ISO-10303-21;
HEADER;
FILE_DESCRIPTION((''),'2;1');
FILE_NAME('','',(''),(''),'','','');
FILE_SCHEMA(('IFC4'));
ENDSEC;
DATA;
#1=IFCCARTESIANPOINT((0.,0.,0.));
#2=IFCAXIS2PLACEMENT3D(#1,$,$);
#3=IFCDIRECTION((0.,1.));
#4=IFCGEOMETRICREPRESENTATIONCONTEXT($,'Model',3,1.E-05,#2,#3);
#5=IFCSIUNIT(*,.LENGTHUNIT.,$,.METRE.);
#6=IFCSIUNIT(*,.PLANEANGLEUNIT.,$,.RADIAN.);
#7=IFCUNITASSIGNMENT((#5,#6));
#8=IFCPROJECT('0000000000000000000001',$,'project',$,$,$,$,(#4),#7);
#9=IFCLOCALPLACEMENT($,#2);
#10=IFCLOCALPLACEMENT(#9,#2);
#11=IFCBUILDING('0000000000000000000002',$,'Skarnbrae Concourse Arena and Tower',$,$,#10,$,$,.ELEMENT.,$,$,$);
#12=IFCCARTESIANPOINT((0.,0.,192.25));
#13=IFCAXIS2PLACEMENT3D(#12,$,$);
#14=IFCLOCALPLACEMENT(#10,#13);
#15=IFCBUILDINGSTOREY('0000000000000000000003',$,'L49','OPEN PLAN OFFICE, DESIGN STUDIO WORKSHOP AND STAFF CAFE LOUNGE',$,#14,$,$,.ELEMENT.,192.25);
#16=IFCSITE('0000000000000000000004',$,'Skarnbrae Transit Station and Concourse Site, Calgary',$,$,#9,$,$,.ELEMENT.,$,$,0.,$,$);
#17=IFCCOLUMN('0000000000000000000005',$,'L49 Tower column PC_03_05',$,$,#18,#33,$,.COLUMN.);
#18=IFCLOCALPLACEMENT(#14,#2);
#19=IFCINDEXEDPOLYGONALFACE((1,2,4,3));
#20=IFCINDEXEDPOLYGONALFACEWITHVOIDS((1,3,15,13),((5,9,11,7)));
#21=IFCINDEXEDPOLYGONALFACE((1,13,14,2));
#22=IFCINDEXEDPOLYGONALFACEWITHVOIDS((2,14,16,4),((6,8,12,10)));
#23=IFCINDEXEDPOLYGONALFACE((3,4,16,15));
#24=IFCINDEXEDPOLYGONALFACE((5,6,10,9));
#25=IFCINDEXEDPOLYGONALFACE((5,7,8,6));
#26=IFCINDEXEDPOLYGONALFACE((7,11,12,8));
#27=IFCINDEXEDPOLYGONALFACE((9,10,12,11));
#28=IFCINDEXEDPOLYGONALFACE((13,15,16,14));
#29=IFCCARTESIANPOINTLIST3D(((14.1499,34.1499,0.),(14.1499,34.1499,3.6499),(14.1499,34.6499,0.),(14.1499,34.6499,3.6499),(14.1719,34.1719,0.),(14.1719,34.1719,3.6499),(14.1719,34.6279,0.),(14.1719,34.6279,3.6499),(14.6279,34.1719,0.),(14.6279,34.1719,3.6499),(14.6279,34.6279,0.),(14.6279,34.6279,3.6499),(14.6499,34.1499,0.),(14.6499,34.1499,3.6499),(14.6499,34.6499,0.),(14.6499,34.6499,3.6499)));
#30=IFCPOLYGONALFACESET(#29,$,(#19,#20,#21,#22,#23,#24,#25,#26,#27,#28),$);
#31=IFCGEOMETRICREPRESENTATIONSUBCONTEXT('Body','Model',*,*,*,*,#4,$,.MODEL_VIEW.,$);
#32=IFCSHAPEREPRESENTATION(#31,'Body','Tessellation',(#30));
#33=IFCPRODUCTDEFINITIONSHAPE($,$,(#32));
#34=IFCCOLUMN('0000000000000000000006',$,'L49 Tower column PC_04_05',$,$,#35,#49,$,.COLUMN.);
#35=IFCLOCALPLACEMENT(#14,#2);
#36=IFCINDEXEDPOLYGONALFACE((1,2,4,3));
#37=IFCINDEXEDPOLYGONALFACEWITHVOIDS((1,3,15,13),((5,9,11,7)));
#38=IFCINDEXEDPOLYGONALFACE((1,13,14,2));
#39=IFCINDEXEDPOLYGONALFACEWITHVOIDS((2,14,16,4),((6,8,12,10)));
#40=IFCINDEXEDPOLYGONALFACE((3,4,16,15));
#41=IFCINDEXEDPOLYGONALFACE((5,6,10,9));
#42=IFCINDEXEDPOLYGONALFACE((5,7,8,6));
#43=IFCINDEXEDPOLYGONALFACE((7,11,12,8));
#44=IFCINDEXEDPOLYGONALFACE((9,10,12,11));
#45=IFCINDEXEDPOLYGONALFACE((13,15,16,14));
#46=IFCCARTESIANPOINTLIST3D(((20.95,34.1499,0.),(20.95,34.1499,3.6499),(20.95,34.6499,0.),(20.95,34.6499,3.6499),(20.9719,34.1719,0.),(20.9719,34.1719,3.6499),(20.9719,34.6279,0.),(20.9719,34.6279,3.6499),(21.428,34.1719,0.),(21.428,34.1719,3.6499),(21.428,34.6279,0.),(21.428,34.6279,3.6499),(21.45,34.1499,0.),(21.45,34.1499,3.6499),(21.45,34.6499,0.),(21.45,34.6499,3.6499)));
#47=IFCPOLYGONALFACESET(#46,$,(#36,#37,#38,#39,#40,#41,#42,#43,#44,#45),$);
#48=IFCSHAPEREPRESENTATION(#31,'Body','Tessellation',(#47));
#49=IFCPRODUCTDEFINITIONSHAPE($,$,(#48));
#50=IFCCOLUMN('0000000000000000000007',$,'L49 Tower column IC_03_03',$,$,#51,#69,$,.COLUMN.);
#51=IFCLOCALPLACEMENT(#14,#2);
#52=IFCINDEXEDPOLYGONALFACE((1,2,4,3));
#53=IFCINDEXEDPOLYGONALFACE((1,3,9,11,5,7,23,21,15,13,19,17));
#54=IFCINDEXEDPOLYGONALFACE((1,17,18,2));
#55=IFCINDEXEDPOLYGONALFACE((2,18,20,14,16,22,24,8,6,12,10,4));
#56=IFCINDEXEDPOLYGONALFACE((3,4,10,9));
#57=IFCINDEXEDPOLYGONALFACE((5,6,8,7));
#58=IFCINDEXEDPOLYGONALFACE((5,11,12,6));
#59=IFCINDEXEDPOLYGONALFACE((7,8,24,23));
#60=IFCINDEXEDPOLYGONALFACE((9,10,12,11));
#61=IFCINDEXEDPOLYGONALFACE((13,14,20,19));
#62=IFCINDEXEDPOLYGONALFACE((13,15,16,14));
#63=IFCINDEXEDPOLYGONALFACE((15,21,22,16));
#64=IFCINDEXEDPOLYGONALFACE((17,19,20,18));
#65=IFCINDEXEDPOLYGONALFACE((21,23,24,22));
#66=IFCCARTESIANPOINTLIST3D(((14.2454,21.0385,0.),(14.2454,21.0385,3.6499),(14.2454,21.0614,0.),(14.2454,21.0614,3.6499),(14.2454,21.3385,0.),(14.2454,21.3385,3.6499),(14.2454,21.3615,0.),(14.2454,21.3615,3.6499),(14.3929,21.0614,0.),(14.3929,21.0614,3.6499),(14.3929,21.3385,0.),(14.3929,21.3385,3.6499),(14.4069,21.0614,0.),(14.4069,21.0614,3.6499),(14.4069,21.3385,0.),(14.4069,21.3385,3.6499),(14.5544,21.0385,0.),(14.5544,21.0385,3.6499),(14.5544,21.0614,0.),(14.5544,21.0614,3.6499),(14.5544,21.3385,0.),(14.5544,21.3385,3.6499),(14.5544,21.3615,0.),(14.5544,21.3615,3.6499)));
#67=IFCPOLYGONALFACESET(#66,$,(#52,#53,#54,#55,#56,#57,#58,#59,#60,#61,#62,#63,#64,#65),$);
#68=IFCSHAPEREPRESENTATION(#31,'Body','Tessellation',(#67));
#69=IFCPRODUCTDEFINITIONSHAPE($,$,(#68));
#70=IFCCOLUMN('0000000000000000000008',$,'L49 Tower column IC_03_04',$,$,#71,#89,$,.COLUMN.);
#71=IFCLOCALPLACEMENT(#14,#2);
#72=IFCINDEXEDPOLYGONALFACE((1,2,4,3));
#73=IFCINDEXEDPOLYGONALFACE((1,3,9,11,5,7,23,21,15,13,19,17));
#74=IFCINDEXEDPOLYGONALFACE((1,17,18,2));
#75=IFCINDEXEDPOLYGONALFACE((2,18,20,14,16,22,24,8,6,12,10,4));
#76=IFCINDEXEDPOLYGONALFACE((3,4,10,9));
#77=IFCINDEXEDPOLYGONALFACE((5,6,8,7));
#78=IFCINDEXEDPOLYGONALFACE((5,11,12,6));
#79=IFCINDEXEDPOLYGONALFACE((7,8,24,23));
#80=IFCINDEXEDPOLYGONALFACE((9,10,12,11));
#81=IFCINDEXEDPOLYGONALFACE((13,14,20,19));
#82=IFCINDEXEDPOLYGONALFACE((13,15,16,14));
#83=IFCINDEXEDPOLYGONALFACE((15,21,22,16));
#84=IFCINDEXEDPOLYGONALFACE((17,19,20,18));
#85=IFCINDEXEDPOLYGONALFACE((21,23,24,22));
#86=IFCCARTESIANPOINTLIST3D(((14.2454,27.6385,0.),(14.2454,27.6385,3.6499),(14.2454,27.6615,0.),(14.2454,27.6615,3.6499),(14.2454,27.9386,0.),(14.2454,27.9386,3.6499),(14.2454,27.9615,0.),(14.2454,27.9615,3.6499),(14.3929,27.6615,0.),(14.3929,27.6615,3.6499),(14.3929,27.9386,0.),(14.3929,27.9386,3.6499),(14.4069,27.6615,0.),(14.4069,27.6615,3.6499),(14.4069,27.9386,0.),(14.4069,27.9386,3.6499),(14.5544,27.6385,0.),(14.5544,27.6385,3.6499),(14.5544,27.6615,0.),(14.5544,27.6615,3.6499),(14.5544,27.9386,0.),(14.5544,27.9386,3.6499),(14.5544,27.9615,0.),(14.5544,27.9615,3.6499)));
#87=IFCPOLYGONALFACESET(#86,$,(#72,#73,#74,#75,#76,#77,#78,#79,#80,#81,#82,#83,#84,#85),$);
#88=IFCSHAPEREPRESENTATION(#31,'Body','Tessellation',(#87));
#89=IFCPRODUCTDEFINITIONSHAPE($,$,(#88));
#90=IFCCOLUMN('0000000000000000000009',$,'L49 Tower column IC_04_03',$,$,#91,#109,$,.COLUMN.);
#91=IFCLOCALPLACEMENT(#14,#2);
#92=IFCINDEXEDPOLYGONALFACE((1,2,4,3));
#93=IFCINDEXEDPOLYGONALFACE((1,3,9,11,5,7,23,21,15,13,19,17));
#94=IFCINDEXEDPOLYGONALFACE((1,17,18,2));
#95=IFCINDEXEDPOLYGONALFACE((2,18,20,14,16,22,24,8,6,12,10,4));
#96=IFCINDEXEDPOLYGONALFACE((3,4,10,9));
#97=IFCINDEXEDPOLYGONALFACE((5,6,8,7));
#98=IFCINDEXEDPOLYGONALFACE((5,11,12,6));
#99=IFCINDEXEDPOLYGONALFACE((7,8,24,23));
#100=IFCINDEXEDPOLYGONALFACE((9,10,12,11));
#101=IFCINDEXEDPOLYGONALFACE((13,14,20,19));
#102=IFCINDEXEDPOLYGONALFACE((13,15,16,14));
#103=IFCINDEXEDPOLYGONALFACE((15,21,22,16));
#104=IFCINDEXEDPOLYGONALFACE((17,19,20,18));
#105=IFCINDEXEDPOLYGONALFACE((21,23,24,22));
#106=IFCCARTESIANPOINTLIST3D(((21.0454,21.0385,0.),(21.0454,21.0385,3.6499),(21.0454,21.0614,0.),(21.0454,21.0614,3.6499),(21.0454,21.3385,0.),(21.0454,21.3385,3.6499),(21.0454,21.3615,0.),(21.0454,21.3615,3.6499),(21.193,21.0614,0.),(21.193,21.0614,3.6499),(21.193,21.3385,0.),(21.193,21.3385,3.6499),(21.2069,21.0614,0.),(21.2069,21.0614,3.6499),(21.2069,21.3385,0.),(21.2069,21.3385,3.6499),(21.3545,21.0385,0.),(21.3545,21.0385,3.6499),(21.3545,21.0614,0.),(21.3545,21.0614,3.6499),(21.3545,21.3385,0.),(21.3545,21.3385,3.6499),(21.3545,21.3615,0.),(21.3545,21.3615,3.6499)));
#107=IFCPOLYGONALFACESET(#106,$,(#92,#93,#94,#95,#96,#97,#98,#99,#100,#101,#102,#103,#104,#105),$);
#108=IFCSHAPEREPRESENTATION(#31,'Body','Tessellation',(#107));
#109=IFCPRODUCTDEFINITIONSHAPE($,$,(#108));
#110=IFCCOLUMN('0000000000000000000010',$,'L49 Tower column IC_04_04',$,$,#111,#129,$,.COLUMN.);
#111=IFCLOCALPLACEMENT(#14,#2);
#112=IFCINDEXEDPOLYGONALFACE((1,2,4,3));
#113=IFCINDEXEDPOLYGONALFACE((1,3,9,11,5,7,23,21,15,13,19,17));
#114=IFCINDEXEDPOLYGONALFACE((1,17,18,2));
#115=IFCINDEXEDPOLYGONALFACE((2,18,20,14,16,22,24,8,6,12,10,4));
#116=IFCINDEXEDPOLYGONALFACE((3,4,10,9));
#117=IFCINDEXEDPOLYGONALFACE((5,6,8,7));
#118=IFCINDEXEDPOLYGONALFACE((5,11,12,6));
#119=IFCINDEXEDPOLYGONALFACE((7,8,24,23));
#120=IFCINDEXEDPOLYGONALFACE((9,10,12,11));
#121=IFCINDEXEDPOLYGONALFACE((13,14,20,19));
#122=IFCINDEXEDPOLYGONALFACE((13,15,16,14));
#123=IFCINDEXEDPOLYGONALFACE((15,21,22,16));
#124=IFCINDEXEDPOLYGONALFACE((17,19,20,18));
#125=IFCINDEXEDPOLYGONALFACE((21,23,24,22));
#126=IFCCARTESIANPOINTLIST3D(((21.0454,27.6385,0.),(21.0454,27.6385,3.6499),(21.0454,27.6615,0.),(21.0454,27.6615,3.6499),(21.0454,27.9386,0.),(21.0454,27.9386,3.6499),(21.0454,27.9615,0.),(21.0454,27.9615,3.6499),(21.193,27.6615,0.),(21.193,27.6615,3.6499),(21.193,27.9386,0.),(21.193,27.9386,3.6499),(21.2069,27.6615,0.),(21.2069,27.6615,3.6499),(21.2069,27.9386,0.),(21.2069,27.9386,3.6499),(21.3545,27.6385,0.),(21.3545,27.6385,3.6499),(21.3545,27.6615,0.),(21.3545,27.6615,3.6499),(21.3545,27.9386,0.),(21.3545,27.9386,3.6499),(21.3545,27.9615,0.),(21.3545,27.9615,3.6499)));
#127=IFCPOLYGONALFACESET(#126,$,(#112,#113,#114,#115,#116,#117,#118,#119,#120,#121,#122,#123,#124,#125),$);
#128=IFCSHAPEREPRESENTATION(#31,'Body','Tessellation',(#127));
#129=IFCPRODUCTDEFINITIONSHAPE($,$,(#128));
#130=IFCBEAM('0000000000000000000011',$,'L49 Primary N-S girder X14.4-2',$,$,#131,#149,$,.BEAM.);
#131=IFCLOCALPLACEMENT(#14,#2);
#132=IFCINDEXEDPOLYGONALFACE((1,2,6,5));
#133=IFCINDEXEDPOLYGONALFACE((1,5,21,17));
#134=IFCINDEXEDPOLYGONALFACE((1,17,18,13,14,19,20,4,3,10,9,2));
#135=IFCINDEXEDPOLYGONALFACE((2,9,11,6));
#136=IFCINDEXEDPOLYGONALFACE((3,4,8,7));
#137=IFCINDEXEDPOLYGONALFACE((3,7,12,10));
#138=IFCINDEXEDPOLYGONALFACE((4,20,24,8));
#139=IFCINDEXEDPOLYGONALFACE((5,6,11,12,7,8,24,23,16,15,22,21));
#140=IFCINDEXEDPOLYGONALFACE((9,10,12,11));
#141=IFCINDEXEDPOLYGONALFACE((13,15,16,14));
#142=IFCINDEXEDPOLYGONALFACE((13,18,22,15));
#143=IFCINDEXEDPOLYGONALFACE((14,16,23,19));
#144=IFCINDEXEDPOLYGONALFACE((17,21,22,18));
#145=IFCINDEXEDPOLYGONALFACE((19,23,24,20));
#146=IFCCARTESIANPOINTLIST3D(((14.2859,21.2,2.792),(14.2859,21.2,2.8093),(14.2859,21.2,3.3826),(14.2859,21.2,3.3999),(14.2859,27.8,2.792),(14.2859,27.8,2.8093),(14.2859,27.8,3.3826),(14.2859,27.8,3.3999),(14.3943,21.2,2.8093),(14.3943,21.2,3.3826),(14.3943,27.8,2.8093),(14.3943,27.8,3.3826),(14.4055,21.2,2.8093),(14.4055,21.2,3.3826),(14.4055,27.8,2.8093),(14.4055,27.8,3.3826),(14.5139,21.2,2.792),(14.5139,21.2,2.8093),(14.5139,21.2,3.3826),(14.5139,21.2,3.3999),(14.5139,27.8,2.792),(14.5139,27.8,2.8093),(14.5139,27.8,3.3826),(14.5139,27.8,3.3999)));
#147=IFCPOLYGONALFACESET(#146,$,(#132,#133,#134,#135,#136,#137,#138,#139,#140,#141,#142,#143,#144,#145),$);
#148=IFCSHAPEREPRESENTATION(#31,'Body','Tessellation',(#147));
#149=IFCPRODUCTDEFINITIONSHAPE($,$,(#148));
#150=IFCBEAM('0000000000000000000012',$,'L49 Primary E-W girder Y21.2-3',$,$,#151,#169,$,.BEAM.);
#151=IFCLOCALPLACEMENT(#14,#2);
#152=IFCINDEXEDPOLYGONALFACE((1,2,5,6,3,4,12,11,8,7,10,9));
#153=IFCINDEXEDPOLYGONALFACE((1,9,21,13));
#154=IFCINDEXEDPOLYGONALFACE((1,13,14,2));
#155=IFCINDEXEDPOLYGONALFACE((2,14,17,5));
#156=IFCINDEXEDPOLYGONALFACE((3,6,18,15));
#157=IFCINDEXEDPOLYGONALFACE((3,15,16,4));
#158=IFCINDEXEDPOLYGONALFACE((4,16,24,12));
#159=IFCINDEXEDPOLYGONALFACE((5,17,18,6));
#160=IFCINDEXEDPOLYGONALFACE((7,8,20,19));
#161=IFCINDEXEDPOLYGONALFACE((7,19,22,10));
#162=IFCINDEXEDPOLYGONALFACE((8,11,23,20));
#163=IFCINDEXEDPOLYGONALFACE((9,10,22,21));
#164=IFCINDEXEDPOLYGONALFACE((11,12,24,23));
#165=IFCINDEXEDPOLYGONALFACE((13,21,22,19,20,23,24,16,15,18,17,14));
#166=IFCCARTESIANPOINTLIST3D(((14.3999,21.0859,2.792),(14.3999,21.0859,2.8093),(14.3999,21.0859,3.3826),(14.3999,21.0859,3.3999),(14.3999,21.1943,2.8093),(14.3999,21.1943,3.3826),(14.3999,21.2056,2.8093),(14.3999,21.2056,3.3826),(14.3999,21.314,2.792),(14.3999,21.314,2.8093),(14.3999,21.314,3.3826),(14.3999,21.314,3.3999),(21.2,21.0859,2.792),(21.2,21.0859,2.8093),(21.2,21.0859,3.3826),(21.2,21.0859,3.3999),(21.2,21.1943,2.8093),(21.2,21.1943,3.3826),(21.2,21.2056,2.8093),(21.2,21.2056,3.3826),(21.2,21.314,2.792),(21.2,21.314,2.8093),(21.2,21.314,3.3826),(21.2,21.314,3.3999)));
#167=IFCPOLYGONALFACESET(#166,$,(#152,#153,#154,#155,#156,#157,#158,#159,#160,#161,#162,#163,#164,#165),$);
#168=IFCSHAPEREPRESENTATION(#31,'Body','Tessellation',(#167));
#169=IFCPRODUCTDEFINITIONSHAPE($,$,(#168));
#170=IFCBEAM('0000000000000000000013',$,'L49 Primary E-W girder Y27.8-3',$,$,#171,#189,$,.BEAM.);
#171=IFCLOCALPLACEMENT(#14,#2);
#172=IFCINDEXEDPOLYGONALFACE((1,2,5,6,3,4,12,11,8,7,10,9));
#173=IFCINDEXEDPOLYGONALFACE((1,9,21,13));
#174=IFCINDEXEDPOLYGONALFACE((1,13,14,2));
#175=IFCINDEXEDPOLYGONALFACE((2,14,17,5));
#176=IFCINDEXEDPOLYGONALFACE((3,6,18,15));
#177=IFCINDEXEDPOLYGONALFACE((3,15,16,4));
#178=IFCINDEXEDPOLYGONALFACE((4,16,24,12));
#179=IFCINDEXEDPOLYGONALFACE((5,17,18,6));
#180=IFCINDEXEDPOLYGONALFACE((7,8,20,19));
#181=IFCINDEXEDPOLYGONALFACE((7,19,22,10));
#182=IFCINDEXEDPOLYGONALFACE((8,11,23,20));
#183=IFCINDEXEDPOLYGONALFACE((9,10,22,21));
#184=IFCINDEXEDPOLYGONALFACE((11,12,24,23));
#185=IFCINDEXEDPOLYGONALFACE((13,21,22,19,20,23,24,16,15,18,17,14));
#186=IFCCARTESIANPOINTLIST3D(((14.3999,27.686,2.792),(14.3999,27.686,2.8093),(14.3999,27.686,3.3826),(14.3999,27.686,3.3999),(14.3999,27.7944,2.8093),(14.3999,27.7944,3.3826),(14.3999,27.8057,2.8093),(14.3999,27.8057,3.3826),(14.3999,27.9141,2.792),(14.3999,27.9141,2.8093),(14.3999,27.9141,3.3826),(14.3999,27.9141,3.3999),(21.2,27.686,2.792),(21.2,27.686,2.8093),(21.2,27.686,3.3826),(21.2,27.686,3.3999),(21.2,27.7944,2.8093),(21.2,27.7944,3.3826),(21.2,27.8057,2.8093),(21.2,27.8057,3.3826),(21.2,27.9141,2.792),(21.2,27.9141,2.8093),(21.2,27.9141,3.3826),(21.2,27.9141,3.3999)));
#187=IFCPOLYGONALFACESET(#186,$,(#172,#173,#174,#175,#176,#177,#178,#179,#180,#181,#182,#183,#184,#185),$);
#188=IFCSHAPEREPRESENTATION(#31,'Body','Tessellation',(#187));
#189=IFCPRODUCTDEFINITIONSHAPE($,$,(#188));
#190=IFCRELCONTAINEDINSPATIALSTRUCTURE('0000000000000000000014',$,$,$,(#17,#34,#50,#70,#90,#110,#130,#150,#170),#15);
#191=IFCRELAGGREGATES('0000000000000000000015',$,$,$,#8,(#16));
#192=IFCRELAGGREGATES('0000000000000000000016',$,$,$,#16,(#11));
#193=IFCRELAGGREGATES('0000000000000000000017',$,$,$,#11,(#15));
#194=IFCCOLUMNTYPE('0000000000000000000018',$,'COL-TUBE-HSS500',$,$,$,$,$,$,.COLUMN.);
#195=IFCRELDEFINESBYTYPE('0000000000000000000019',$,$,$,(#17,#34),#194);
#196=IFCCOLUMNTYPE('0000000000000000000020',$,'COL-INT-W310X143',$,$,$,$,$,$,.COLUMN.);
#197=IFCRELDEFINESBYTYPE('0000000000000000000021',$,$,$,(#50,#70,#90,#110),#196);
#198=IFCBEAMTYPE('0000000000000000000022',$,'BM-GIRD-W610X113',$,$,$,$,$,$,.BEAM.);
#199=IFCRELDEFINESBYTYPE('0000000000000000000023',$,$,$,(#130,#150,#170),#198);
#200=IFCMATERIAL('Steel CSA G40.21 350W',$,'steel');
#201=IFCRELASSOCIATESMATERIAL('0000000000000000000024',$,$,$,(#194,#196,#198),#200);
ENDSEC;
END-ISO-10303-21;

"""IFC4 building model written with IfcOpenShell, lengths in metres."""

from ifc_helpers import new_model, si_unit, direction, frame, origin, origin_2d, place, context, subcontext, project, spatial, hollow_rectangle, i_section, extrude, source, transform, mapped, material, material_profile, profile_set, type_object, element, save


model = new_model("IFC4")

# Units and contexts
model_context = context("Model", 3, precision=1e-05, world=origin(), true_north=direction((0.0, 1.0)))
body_context = subcontext(model_context, "Body", "Model", "MODEL_VIEW")
ifc_project = project(units=[si_unit("LENGTHUNIT", "METRE"), si_unit("PLANEANGLEUNIT", "RADIAN")], contexts=[model_context])

# Site, building, storey
site_placement = place(None, origin())
site = spatial("IfcSite", under=ifc_project, at=site_placement, Name="Skarnbrae Transit Station and Concourse Site, Calgary", CompositionType="ELEMENT", RefElevation=0.0)
building_placement = place(site_placement, origin())
building = spatial("IfcBuilding", under=site, at=building_placement, Name="Skarnbrae Concourse Arena and Tower", CompositionType="ELEMENT")
storey_placement = place(building_placement, frame((0.0, 0.0, 192.25)))
storey = spatial("IfcBuildingStorey", under=building, at=storey_placement, Name="L49", Description="OPEN PLAN OFFICE, DESIGN STUDIO WORKSHOP AND STAFF CAFE LOUNGE", CompositionType="ELEMENT", Elevation=192.25)

# Columns
ifc_material_1 = material(Name="Steel CSA G40.21 350W", Category="steel")
ifc_material_profile_1 = material_profile(ifc_material_1, hollow_rectangle(XDim=0.5, YDim=0.5, WallThickness=0.022, at=origin_2d()), Name="HSS500X500X22.0")
ifc_profile_set_1 = profile_set([ifc_material_profile_1], Name="Steel CSA G40.21 350W")
column_type_1 = type_object("IfcColumnType", Name="COL-TUBE-HSS500", PredefinedType="COLUMN", material=ifc_profile_set_1)
shared_shape_1 = source(origin(), body_context, "Body", "SweptSolid", [
    extrude(hollow_rectangle(XDim=0.5, YDim=0.5, WallThickness=0.022, at=origin_2d()), origin(), (0.0, 0.0, 1.0), 3.6499),
])
for number, where, z_axis, x_axis, name in (
    (1, (14.3999, 34.3999, 0.0), (0.0, 0.0, 1.0), (1.0, 0.0, 0.0), "L49 Tower column PC_03_05"),
    (2, (21.2, 34.3999, 0.0), (0.0, 0.0, 1.0), (1.0, 0.0, 0.0), "L49 Tower column PC_04_05"),
):
    element("IfcColumn", number, at=place(storey_placement, frame(where, z_axis=z_axis, x_axis=x_axis)), inside=storey, type_object=column_type_1, Name=name, PredefinedType="COLUMN", context=body_context, shape_type="MappedRepresentation", body=[
        mapped(shared_shape_1, transform((0.0, 0.0, 0.0))),
    ])
ifc_material_profile_2 = material_profile(ifc_material_1, i_section(OverallWidth=0.3091, OverallDepth=0.323, WebThickness=0.0139, FlangeThickness=0.0229, at=origin_2d()), Name="W310X143")
ifc_profile_set_2 = profile_set([ifc_material_profile_2], Name="Steel CSA G40.21 350W")
column_type_2 = type_object("IfcColumnType", Name="COL-INT-W310X143", PredefinedType="COLUMN", material=ifc_profile_set_2)
shared_shape_2 = source(origin(), body_context, "Body", "SweptSolid", [
    extrude(i_section(OverallWidth=0.3091, OverallDepth=0.323, WebThickness=0.0139, FlangeThickness=0.0229, at=origin_2d()), origin(), (0.0, 0.0, 1.0), 3.6499),
])
for number, where, z_axis, x_axis, name in (
    (3, (14.3999, 21.2, 0.0), (0.0, 0.0, 1.0), (1.0, 0.0, 0.0), "L49 Tower column IC_03_03"),
    (4, (14.3999, 27.8, 0.0), (0.0, 0.0, 1.0), (1.0, 0.0, 0.0), "L49 Tower column IC_03_04"),
    (5, (21.2, 21.2, 0.0), (0.0, 0.0, 1.0), (1.0, 0.0, 0.0), "L49 Tower column IC_04_03"),
    (6, (21.2, 27.8, 0.0), (0.0, 0.0, 1.0), (1.0, 0.0, 0.0), "L49 Tower column IC_04_04"),
):
    element("IfcColumn", number, at=place(storey_placement, frame(where, z_axis=z_axis, x_axis=x_axis)), inside=storey, type_object=column_type_2, Name=name, PredefinedType="COLUMN", context=body_context, shape_type="MappedRepresentation", body=[
        mapped(shared_shape_2, transform((0.0, 0.0, 0.0))),
    ])

# Beams
ifc_material_profile_3 = material_profile(ifc_material_1, i_section(OverallWidth=0.228, OverallDepth=0.6079, WebThickness=0.0112, FlangeThickness=0.0173, at=origin_2d()), Name="W610X113")
ifc_profile_set_3 = profile_set([ifc_material_profile_3], Name="Steel CSA G40.21 350W")
beam_type_1 = type_object("IfcBeamType", Name="BM-GIRD-W610X113", PredefinedType="BEAM", material=ifc_profile_set_3)
shared_shape_3 = source(origin(), body_context, "Body", "SweptSolid", [
    extrude(i_section(OverallWidth=0.228, OverallDepth=0.6079, WebThickness=0.0112, FlangeThickness=0.0173, at=origin_2d()), origin(), (0.0, 0.0, 1.0), 6.6001),
])
beam_1_placement = place(storey_placement, frame((14.3999, 21.2, 3.0959), z_axis=(0.0, 1.0, 0.0), x_axis=(-1.0, 0.0, 0.0)))
element("IfcBeam", 7, at=beam_1_placement, inside=storey, type_object=beam_type_1, Name="L49 Primary N-S girder X14.4-2", PredefinedType="BEAM", context=body_context, shape_type="MappedRepresentation", body=[
    mapped(shared_shape_3, transform((0.0, 0.0, 0.0))),
])
shared_shape_4 = source(origin(), body_context, "Body", "SweptSolid", [
    extrude(i_section(OverallWidth=0.228, OverallDepth=0.6079, WebThickness=0.0112, FlangeThickness=0.0173, at=origin_2d()), origin(), (0.0, 0.0, 1.0), 6.8),
])
for number, where, z_axis, x_axis, name in (
    (8, (14.3999, 21.2, 3.0959), (1.0, 0.0, 0.0), (0.0, 1.0, 0.0), "L49 Primary E-W girder Y21.2-3"),
    (9, (14.3999, 27.8, 3.0959), (1.0, 0.0, 0.0), (0.0, 1.0, 0.0), "L49 Primary E-W girder Y27.8-3"),
):
    element("IfcBeam", number, at=place(storey_placement, frame(where, z_axis=z_axis, x_axis=x_axis)), inside=storey, type_object=beam_type_1, Name=name, PredefinedType="BEAM", context=body_context, shape_type="MappedRepresentation", body=[
        mapped(shared_shape_4, transform((0.0, 0.0, 0.0))),
    ])

save(model, "model.ifc")
